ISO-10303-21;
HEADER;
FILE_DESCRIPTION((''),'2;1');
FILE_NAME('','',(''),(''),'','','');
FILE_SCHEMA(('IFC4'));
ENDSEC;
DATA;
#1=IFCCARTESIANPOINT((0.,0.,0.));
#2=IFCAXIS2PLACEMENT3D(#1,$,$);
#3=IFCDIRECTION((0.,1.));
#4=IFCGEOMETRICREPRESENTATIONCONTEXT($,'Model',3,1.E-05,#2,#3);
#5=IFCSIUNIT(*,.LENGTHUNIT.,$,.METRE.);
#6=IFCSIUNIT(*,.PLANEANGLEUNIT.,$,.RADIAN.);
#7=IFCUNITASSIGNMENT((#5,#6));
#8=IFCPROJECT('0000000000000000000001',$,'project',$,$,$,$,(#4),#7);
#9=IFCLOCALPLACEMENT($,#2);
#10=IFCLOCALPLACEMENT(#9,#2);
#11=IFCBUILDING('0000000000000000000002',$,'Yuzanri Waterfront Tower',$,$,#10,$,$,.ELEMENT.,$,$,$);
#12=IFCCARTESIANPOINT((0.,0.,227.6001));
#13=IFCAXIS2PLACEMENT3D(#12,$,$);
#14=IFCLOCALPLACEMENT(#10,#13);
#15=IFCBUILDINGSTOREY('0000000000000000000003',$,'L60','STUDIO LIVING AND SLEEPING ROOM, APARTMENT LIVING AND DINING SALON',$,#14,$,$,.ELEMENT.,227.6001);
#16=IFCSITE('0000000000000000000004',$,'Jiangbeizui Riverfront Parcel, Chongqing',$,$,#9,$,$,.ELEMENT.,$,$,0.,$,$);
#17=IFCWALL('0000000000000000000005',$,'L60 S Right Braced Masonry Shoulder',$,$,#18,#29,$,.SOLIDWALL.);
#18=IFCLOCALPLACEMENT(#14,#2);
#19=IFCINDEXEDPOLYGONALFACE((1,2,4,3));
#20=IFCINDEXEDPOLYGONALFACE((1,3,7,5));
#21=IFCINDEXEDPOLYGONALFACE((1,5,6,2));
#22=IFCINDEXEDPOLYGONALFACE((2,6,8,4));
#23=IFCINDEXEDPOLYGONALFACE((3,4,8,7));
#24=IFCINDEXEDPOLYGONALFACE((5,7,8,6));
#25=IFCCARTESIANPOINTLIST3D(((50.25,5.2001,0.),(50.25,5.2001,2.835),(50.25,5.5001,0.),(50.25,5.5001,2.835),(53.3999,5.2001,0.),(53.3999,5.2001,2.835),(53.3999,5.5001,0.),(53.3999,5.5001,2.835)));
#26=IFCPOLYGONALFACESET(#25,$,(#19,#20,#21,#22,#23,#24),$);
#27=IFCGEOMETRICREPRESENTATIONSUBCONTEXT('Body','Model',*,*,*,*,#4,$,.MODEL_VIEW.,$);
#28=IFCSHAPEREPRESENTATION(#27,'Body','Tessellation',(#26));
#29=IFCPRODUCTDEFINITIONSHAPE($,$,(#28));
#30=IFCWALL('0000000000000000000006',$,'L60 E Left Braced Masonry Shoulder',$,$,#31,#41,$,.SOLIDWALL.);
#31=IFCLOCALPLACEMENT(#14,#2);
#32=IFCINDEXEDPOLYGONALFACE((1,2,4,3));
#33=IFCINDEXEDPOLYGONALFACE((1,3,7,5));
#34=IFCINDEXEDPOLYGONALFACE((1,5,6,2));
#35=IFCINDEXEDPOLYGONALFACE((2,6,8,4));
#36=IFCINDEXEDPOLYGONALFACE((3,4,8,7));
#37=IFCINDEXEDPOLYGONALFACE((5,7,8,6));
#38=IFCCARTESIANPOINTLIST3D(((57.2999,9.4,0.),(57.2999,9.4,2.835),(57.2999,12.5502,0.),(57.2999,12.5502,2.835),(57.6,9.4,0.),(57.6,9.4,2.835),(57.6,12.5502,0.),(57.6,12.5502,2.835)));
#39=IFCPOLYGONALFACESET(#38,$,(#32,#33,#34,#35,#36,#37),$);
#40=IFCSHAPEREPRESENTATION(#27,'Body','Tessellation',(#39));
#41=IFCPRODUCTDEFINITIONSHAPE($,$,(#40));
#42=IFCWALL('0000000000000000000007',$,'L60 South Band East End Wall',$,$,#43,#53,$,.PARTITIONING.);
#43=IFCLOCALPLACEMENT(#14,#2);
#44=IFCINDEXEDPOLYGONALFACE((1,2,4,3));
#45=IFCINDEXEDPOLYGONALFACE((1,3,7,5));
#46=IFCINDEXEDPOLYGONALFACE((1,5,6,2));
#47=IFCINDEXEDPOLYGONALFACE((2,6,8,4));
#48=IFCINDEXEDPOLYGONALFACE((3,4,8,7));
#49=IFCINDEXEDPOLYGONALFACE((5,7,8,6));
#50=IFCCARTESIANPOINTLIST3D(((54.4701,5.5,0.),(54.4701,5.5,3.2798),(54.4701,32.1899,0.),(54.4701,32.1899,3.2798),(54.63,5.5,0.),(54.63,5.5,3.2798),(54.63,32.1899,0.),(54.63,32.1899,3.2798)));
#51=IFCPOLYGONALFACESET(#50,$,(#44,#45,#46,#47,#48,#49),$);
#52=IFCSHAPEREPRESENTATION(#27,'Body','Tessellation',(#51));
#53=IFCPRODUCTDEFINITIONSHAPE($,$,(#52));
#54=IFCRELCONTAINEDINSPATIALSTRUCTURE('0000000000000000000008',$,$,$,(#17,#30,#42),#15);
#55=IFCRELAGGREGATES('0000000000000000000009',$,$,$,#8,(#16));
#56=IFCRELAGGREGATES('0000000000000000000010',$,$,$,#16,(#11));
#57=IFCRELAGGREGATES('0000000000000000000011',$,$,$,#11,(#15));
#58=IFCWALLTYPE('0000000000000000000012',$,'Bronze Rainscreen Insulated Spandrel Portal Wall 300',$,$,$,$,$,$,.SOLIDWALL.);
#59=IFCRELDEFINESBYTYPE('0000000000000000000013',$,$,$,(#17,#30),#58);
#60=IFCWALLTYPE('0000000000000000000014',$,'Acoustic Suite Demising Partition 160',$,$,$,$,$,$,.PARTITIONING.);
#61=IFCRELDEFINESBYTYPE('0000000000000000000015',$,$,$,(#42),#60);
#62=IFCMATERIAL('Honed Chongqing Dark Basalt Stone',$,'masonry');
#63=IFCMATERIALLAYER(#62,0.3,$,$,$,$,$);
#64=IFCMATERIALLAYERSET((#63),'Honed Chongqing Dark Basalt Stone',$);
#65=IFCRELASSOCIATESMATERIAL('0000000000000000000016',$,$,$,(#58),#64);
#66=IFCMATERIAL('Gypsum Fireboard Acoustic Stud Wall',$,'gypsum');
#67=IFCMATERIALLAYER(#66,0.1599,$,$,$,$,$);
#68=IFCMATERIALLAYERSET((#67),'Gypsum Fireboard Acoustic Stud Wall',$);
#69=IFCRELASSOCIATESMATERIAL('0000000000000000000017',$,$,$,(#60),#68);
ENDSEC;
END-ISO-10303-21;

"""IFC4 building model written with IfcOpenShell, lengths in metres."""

from ifc_helpers import new_model, si_unit, direction, frame, frame_2d, origin, place, context, subcontext, project, spatial, rectangle, extrude, source, transform, mapped, material, layer, layer_set, type_object, element, save


model = new_model("IFC4")

# Units and contexts
model_context = context("Model", 3, precision=1e-05, world=origin(), true_north=direction((0.0, 1.0)))
body_context = subcontext(model_context, "Body", "Model", "MODEL_VIEW")
ifc_project = project(units=[si_unit("LENGTHUNIT", "METRE"), si_unit("PLANEANGLEUNIT", "RADIAN")], contexts=[model_context])

# Site, building, storey
site_placement = place(None, origin())
site = spatial("IfcSite", under=ifc_project, at=site_placement, Name="Jiangbeizui Riverfront Parcel, Chongqing", CompositionType="ELEMENT", RefElevation=0.0)
building_placement = place(site_placement, origin())
building = spatial("IfcBuilding", under=site, at=building_placement, Name="Yuzanri Waterfront Tower", CompositionType="ELEMENT")
storey_placement = place(building_placement, frame((0.0, 0.0, 227.6001)))
storey = spatial("IfcBuildingStorey", under=building, at=storey_placement, Name="L60", Description="STUDIO LIVING AND SLEEPING ROOM, APARTMENT LIVING AND DINING SALON", CompositionType="ELEMENT", Elevation=227.6001)

# Shared definitions
ifc_material_1 = material(Name="Honed Chongqing Dark Basalt Stone", Category="masonry")
ifc_layer_1 = layer(ifc_material_1, 0.3)
ifc_layer_set_1 = layer_set([ifc_layer_1], Name="Honed Chongqing Dark Basalt Stone")
wall_type_1 = type_object("IfcWallType", Name="Bronze Rainscreen Insulated Spandrel Portal Wall 300", PredefinedType="SOLIDWALL", material=ifc_layer_set_1)

# Walls
shared_shape_1 = source(origin(), body_context, "Body", "SweptSolid", [
    extrude(rectangle(XDim=3.1499, YDim=0.3, at=frame_2d((1.575, 0.0))), origin(), (0.0, 0.0, 1.0), 2.835),
])
wall_1_placement = place(storey_placement, frame((50.25, 5.3501, 0.0), z_axis=(0.0, 0.0, 1.0), x_axis=(1.0, 0.0, 0.0)))
element("IfcWall", 1, at=wall_1_placement, inside=storey, type_object=wall_type_1, Name="L60 S Right Braced Masonry Shoulder", PredefinedType="SOLIDWALL", context=body_context, shape_type="MappedRepresentation", body=[
    mapped(shared_shape_1, transform((0.0, 0.0, 0.0), scale=1.0)),
])
shared_shape_2 = source(origin(), body_context, "Body", "SweptSolid", [
    extrude(rectangle(XDim=3.1501, YDim=0.3, at=frame_2d((1.5752, 0.0))), origin(), (0.0, 0.0, 1.0), 2.835),
])
wall_2_placement = place(storey_placement, frame((57.45, 9.3999, 0.0), z_axis=(0.0, 0.0, 1.0), x_axis=(0.0, 1.0, 0.0)))
element("IfcWall", 2, at=wall_2_placement, inside=storey, type_object=wall_type_1, Name="L60 E Left Braced Masonry Shoulder", PredefinedType="SOLIDWALL", context=body_context, shape_type="MappedRepresentation", body=[
    mapped(shared_shape_2, transform((0.0, 0.0, 0.0), scale=1.0)),
])
ifc_material_2 = material(Name="Gypsum Fireboard Acoustic Stud Wall", Category="gypsum")
ifc_layer_2 = layer(ifc_material_2, 0.1599)
ifc_layer_set_2 = layer_set([ifc_layer_2], Name="Gypsum Fireboard Acoustic Stud Wall")
wall_type_2 = type_object("IfcWallType", Name="Acoustic Suite Demising Partition 160", PredefinedType="PARTITIONING", material=ifc_layer_set_2)
shared_shape_3 = source(origin(), body_context, "Body", "SweptSolid", [
    extrude(rectangle(XDim=26.6899, YDim=0.1599, at=frame_2d((13.345, 0.0))), origin(), (0.0, 0.0, 1.0), 3.2798),
])
wall_3_placement = place(storey_placement, frame((54.55, 5.5, 0.0), z_axis=(0.0, 0.0, 1.0), x_axis=(0.0, 1.0, 0.0)))
element("IfcWall", 3, at=wall_3_placement, inside=storey, type_object=wall_type_2, Name="L60 South Band East End Wall", PredefinedType="PARTITIONING", context=body_context, shape_type="MappedRepresentation", body=[
    mapped(shared_shape_3, transform((0.0, 0.0, 0.0), scale=1.0)),
])

save(model, "model.ifc")
